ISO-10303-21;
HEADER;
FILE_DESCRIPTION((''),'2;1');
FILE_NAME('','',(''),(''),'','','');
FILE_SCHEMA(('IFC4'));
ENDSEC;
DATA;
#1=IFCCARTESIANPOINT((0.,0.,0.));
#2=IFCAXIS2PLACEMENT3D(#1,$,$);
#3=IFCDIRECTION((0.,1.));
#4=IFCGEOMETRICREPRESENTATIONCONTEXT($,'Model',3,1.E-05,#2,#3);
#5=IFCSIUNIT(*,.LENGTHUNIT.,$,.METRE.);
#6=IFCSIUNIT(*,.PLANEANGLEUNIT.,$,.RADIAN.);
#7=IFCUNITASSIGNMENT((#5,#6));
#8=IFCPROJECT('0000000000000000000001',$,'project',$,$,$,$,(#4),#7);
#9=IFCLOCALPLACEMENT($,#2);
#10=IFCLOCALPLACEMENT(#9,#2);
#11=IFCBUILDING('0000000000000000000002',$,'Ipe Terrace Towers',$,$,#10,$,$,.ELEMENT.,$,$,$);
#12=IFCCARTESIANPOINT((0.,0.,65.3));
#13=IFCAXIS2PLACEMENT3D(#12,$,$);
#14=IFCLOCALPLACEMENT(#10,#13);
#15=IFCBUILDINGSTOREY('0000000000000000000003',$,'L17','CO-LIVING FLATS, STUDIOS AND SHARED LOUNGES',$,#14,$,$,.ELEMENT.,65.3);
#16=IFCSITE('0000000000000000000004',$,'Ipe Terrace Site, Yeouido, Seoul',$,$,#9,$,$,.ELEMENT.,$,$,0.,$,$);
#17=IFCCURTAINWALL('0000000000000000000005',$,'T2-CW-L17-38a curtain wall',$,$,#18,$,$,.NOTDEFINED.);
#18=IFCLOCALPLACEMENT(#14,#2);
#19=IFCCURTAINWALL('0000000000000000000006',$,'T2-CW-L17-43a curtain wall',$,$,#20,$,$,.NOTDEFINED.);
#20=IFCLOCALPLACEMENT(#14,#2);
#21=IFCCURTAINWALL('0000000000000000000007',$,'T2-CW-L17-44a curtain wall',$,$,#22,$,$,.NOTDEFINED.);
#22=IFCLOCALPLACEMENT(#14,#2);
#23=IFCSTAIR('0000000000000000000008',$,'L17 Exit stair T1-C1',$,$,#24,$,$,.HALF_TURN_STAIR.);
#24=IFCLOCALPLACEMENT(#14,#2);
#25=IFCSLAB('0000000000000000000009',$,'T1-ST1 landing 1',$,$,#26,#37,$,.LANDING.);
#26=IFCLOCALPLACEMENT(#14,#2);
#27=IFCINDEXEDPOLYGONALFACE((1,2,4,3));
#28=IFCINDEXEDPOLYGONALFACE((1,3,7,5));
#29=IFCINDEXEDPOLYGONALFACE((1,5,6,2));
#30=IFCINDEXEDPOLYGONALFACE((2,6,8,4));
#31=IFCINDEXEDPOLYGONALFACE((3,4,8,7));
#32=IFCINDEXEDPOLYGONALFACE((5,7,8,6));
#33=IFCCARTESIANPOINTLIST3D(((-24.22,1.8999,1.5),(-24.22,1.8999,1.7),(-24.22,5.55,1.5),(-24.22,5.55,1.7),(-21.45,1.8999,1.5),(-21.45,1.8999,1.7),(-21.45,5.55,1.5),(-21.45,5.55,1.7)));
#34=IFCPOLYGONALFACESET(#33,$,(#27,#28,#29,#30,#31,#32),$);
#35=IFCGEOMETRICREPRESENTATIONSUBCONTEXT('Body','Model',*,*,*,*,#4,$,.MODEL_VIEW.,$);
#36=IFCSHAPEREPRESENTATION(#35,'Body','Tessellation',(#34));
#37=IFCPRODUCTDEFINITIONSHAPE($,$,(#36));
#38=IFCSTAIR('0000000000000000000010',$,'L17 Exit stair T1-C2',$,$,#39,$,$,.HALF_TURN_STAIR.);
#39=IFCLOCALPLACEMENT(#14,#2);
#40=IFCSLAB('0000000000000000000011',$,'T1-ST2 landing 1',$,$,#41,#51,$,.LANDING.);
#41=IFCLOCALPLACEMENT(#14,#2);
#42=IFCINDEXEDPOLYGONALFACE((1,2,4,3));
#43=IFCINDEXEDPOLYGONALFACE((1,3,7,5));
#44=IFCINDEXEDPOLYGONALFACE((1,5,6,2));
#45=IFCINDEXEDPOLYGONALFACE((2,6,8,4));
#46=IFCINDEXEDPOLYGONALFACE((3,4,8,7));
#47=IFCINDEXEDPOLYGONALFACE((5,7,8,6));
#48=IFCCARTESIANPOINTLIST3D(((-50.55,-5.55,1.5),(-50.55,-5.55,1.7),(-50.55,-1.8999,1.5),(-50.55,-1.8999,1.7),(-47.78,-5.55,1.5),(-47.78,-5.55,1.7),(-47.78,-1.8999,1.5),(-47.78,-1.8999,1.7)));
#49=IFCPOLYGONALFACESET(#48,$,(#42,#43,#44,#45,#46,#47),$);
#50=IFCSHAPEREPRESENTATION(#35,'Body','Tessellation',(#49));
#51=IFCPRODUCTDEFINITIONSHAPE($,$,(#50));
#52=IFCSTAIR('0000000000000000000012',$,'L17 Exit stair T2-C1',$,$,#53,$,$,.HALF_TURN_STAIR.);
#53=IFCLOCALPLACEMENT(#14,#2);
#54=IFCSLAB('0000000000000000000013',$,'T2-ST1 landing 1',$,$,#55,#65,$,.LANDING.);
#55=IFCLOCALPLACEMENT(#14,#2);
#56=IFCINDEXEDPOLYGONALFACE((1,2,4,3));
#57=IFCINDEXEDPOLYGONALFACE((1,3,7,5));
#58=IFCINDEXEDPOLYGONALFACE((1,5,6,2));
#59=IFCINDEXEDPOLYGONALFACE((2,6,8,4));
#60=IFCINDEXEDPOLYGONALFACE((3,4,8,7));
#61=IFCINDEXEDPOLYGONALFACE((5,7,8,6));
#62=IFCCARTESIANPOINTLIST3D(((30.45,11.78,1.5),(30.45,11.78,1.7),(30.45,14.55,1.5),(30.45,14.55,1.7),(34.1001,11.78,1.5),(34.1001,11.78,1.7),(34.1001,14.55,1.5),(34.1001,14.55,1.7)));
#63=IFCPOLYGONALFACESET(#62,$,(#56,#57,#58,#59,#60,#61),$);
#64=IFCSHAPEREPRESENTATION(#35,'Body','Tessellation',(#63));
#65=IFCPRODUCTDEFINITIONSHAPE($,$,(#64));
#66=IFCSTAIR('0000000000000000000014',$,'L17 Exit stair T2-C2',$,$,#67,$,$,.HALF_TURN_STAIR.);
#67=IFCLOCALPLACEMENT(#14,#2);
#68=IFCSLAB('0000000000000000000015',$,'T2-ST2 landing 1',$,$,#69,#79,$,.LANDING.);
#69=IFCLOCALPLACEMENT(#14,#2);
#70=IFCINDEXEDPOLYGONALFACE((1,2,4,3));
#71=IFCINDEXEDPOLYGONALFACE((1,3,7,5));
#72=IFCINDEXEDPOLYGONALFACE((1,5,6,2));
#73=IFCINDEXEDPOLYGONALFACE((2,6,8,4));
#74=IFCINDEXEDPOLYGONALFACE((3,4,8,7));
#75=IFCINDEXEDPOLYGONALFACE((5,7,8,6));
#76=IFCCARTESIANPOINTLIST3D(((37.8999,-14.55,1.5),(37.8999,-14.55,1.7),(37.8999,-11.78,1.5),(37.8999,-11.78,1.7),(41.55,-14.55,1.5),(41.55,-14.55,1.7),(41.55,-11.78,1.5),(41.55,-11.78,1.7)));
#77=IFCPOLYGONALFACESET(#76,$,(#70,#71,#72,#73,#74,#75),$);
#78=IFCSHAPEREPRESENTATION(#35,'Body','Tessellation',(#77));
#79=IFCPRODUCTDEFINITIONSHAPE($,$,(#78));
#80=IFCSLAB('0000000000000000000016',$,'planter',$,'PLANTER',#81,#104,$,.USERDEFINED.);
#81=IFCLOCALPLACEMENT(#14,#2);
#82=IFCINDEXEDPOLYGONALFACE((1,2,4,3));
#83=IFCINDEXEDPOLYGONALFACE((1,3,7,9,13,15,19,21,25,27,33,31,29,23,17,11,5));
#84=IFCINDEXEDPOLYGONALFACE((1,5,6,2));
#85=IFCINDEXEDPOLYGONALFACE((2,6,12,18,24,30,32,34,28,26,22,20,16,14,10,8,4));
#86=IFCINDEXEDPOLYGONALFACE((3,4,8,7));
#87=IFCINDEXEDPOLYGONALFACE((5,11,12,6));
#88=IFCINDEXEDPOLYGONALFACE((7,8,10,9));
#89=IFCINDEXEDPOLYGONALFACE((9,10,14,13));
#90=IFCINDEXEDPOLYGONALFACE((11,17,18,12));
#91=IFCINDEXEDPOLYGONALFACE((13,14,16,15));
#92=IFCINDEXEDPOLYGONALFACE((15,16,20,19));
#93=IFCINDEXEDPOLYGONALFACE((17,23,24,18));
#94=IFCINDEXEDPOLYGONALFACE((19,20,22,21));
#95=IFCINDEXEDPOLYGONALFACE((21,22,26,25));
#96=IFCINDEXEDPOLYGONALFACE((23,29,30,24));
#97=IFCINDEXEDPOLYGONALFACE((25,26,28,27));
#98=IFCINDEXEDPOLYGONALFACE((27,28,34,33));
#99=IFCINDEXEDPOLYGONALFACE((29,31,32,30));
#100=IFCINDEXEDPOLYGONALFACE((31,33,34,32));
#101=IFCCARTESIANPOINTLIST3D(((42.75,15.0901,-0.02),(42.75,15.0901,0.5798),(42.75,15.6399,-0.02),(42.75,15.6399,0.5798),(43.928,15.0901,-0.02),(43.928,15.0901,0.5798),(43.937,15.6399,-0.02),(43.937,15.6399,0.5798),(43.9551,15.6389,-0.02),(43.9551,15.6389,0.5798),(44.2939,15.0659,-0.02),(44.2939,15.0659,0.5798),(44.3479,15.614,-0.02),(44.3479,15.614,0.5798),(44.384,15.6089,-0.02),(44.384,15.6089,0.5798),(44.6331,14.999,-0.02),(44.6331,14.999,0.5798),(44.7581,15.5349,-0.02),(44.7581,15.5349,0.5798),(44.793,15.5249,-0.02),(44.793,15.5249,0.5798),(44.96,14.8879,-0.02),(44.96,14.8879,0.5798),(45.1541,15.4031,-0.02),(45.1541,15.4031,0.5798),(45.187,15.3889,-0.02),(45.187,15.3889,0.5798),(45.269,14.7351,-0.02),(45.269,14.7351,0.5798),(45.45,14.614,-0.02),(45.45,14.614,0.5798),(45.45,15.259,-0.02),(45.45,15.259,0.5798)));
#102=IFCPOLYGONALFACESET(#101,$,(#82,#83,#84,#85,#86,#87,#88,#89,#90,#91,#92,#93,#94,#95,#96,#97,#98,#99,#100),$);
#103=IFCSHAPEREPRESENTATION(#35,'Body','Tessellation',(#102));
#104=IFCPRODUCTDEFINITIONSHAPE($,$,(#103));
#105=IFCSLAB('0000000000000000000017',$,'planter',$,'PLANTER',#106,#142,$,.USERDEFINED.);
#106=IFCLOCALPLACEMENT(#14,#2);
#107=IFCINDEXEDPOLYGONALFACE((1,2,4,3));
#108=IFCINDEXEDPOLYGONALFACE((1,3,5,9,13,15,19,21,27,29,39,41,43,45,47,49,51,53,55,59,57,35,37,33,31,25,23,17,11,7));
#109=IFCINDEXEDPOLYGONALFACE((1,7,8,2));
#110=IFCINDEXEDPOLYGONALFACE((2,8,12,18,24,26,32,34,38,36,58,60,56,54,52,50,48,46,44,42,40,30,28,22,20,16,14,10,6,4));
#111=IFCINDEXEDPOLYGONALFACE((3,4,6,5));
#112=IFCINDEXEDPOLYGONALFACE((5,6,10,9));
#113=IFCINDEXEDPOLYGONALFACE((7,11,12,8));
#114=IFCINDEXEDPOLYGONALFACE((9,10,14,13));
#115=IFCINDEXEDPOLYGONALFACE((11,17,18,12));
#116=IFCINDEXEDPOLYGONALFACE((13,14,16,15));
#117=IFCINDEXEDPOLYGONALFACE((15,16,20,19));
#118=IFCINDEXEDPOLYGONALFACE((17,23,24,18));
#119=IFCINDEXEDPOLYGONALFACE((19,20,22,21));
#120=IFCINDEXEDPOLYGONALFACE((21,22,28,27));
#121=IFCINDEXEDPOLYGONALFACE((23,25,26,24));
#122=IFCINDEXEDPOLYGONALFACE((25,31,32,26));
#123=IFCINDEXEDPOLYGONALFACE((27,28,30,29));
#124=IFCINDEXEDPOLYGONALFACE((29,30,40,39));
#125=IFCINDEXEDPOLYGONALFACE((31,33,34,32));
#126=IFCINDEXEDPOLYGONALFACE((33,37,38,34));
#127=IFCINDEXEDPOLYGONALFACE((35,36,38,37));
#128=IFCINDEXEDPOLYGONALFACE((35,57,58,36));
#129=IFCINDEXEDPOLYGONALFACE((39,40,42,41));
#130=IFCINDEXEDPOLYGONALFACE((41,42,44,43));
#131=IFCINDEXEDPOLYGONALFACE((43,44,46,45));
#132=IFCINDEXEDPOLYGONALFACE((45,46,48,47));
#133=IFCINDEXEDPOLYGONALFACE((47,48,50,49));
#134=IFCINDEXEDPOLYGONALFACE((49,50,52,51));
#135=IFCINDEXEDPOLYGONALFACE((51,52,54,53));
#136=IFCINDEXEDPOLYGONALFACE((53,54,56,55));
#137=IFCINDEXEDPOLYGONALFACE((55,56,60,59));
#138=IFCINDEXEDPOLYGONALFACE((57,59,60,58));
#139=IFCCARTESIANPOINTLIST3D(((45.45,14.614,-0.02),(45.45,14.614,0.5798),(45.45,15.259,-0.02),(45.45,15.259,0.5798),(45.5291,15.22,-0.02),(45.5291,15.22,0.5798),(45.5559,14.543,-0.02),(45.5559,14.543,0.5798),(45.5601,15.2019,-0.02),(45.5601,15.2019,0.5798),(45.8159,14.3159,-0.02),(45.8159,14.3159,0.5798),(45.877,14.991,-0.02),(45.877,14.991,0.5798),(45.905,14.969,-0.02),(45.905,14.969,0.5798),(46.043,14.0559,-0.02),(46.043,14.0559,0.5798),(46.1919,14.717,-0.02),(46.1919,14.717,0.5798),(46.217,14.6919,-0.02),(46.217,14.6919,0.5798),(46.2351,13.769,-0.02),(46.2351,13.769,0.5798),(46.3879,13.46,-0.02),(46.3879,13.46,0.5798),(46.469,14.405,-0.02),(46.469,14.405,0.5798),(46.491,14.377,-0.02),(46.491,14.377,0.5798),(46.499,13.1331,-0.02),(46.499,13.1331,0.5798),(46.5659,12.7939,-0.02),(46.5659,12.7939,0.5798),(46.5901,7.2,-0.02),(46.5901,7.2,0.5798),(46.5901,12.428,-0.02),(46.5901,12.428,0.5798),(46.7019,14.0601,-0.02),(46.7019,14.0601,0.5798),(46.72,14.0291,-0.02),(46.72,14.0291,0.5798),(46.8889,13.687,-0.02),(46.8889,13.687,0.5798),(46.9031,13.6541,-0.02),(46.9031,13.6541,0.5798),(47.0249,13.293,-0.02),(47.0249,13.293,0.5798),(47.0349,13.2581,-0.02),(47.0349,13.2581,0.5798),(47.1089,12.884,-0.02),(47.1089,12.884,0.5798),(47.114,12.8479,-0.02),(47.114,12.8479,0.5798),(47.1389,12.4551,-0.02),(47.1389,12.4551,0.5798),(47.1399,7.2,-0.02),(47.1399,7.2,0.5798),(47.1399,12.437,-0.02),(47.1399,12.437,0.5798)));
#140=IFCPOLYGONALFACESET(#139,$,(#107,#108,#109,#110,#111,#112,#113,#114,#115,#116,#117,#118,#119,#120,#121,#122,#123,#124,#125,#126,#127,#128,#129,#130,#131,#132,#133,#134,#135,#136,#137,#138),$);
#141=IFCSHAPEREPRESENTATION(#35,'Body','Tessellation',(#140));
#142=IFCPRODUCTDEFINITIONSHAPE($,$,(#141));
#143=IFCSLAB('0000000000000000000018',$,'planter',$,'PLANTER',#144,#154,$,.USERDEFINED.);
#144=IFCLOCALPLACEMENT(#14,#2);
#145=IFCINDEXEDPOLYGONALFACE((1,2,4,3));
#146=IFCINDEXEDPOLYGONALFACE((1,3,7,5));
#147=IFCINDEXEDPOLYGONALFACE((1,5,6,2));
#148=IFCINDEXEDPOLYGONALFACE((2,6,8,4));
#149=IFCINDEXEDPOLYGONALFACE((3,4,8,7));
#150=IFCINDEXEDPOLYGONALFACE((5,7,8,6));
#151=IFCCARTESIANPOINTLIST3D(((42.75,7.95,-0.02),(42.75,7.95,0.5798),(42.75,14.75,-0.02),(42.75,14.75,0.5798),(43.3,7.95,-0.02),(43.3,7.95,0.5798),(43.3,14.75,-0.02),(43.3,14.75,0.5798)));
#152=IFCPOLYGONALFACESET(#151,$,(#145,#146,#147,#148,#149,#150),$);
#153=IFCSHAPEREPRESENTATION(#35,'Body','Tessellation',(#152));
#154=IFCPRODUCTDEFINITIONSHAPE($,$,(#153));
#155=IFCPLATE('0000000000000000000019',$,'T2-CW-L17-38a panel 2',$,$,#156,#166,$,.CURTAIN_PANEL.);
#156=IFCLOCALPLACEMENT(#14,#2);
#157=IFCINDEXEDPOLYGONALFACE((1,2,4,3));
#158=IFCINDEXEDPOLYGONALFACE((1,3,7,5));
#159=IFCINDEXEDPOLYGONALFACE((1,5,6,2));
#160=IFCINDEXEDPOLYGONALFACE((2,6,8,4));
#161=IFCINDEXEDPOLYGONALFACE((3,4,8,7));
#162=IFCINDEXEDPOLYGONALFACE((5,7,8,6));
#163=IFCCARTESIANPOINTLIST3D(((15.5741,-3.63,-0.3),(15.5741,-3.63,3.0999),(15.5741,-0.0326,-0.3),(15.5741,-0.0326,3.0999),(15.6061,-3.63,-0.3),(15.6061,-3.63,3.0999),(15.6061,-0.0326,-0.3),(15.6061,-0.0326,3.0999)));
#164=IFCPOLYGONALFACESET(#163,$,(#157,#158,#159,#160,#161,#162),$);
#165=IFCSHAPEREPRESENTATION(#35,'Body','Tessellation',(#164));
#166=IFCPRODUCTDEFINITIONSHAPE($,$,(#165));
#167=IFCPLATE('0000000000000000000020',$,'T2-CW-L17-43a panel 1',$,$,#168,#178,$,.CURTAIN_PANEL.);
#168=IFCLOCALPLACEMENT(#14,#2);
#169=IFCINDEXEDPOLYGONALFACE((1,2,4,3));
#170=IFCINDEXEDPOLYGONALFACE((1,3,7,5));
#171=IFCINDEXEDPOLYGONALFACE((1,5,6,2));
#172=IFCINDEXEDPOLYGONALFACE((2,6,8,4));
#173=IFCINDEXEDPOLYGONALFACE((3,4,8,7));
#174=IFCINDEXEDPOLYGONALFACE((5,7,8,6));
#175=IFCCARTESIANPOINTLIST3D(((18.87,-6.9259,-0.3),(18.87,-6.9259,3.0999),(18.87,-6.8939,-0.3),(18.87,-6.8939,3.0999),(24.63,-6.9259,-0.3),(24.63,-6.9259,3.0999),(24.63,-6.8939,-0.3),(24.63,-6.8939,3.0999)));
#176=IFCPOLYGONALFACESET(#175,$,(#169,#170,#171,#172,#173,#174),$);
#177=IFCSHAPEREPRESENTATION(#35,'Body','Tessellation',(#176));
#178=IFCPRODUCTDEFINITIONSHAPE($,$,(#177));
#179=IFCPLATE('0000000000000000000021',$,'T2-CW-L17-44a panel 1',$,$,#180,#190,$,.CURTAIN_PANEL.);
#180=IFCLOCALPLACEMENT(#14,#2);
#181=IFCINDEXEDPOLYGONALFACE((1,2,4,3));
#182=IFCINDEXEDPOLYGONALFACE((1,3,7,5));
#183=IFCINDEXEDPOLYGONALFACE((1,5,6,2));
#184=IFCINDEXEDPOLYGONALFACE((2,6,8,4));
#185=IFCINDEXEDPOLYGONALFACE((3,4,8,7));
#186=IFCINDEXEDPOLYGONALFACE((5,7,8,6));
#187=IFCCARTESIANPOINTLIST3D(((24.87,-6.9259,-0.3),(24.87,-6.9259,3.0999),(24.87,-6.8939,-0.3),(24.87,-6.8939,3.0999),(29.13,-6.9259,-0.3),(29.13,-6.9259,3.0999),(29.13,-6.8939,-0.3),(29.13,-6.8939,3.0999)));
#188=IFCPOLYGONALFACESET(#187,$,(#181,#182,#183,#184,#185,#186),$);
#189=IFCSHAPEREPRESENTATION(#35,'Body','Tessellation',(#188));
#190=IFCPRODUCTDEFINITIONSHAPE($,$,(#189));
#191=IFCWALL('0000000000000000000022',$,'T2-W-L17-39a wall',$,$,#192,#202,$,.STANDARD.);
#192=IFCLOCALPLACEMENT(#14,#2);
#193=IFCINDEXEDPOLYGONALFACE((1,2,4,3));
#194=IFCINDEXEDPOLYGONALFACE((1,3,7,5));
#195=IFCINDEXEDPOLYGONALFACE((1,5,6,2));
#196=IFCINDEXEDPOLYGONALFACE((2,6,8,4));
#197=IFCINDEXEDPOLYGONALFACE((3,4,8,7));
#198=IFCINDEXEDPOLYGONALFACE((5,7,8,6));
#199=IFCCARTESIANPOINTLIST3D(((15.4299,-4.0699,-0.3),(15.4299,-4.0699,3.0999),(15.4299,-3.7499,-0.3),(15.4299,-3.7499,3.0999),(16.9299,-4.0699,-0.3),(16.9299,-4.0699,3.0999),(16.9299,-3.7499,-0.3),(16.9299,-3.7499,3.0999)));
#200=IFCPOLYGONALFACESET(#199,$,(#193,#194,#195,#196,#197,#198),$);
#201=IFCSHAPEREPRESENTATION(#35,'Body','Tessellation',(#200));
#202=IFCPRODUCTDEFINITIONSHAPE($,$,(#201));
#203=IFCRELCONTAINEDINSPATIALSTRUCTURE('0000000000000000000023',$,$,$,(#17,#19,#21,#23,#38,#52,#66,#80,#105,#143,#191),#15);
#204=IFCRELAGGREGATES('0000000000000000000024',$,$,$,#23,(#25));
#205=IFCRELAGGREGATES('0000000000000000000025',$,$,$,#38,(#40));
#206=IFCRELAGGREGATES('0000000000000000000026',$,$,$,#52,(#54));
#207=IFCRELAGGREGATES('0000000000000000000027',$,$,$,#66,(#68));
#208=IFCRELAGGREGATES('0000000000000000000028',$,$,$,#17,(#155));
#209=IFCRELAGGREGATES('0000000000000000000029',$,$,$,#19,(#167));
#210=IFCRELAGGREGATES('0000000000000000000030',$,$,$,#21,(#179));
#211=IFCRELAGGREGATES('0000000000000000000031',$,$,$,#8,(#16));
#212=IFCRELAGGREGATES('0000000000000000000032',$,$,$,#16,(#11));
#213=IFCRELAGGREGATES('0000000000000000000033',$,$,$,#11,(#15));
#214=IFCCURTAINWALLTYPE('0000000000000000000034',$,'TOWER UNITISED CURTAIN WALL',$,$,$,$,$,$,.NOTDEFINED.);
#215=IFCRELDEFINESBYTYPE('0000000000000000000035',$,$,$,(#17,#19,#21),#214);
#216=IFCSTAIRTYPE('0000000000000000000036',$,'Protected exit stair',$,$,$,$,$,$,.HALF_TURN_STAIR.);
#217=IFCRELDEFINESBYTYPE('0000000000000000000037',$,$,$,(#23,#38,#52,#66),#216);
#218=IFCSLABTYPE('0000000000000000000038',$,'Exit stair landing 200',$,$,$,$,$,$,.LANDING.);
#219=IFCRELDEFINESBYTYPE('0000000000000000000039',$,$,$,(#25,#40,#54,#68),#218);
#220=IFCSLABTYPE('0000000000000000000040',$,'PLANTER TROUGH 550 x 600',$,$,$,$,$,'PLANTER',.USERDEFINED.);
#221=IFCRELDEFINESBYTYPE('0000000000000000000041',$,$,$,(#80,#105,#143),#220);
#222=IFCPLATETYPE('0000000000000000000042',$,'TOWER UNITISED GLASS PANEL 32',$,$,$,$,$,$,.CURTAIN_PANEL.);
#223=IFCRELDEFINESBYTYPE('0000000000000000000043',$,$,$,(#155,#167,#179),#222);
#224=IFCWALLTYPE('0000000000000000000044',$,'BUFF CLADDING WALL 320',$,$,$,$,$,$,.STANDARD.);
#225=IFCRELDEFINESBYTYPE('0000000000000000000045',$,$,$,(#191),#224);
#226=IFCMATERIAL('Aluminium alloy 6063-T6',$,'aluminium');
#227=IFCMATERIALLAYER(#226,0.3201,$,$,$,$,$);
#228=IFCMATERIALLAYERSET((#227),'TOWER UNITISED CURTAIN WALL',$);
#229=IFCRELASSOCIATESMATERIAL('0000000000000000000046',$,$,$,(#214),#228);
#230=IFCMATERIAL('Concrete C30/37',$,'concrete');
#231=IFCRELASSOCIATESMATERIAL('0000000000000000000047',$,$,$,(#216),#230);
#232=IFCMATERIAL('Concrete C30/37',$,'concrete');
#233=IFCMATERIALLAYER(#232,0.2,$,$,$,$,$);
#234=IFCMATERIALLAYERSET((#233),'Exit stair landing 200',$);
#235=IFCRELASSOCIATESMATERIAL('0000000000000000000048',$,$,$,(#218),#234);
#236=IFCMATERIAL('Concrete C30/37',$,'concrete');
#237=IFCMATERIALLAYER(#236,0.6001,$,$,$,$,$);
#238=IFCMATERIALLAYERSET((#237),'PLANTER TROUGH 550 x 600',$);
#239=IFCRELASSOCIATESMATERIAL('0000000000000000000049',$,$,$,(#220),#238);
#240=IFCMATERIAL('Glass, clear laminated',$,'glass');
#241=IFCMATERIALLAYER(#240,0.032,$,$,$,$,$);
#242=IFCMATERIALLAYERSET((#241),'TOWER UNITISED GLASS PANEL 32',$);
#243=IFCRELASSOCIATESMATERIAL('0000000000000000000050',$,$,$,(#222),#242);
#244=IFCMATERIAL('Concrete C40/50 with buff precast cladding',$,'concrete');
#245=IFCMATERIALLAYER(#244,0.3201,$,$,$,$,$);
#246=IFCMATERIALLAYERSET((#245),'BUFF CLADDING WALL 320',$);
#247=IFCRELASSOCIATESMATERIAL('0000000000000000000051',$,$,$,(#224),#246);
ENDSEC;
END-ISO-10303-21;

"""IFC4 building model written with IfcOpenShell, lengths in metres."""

from ifc_helpers import new_model, si_unit, direction, frame, frame_2d, origin, origin_2d, place, context, subcontext, project, spatial, polyline, rectangle, outline, extrude, material, layer, layer_set, type_object, element, aggregate, save


model = new_model("IFC4")

# Units and contexts
model_context = context("Model", 3, precision=1e-05, world=origin(), true_north=direction((0.0, 1.0)))
body_context = subcontext(model_context, "Body", "Model", "MODEL_VIEW")
ifc_project = project(units=[si_unit("LENGTHUNIT", "METRE"), si_unit("PLANEANGLEUNIT", "RADIAN")], contexts=[model_context])

# Site, building, storey
site_placement = place(None, origin())
site = spatial("IfcSite", under=ifc_project, at=site_placement, Name="Ipe Terrace Site, Yeouido, Seoul", CompositionType="ELEMENT", RefElevation=0.0)
building_placement = place(site_placement, origin())
building = spatial("IfcBuilding", under=site, at=building_placement, Name="Ipe Terrace Towers", CompositionType="ELEMENT")
storey_placement = place(building_placement, frame((0.0, 0.0, 65.3)))
storey = spatial("IfcBuildingStorey", under=building, at=storey_placement, Name="L17", Description="CO-LIVING FLATS, STUDIOS AND SHARED LOUNGES", CompositionType="ELEMENT", Elevation=65.3)

# Curtain wall
ifc_material_1 = material(Name="Aluminium alloy 6063-T6", Category="aluminium")
ifc_layer_1 = layer(ifc_material_1, 0.3201)
ifc_layer_set_1 = layer_set([ifc_layer_1], Name="TOWER UNITISED CURTAIN WALL")
curtain_wall_type = type_object("IfcCurtainWallType", Name="TOWER UNITISED CURTAIN WALL", PredefinedType="NOTDEFINED", material=ifc_layer_set_1)
curtain_wall_1_placement = place(storey_placement, origin())
curtain_wall_1 = element("IfcCurtainWall", 1, at=curtain_wall_1_placement, inside=storey, type_object=curtain_wall_type, Name="T2-CW-L17-38a curtain wall", PredefinedType="NOTDEFINED")

# Curtain wall
curtain_wall_2_placement = place(storey_placement, origin())
curtain_wall_2 = element("IfcCurtainWall", 2, at=curtain_wall_2_placement, inside=storey, type_object=curtain_wall_type, Name="T2-CW-L17-43a curtain wall", PredefinedType="NOTDEFINED")

# Curtain wall
curtain_wall_3_placement = place(storey_placement, origin())
curtain_wall_3 = element("IfcCurtainWall", 3, at=curtain_wall_3_placement, inside=storey, type_object=curtain_wall_type, Name="T2-CW-L17-44a curtain wall", PredefinedType="NOTDEFINED")

# Stairs, slabs
ifc_material_2 = material(Name="Concrete C30/37", Category="concrete")
stair_type = type_object("IfcStairType", Name="Protected exit stair", PredefinedType="HALF_TURN_STAIR", material=ifc_material_2)
stair_1_placement = place(storey_placement, origin())
stair_1 = element("IfcStair", 4, at=stair_1_placement, inside=storey, type_object=stair_type, Name="L17 Exit stair T1-C1", PredefinedType="HALF_TURN_STAIR")
ifc_material_3 = material(Name="Concrete C30/37", Category="concrete")
ifc_layer_2 = layer(ifc_material_3, 0.2)
ifc_layer_set_2 = layer_set([ifc_layer_2], Name="Exit stair landing 200")
slab_type_1 = type_object("IfcSlabType", Name="Exit stair landing 200", PredefinedType="LANDING", material=ifc_layer_set_2)
slab_1_placement = place(storey_placement, frame((0.0, 0.0, 1.5)))
slab_1 = element("IfcSlab", 5, at=slab_1_placement, type_object=slab_type_1, Name="T1-ST1 landing 1", PredefinedType="LANDING", context=body_context, shape_type="SweptSolid", body=[
    extrude(outline(polyline([(-24.22, 1.8999), (-21.45, 1.8999), (-21.45, 5.55), (-24.22, 5.55), (-24.22, 1.8999)])), origin(), (0.0, 0.0, 1.0), 0.2),
])
aggregate(stair_1, [slab_1])
stair_2_placement = place(storey_placement, origin())
stair_2 = element("IfcStair", 6, at=stair_2_placement, inside=storey, type_object=stair_type, Name="L17 Exit stair T1-C2", PredefinedType="HALF_TURN_STAIR")
slab_2_placement = place(storey_placement, frame((0.0, 0.0, 1.5)))
slab_2 = element("IfcSlab", 7, at=slab_2_placement, type_object=slab_type_1, Name="T1-ST2 landing 1", PredefinedType="LANDING", context=body_context, shape_type="SweptSolid", body=[
    extrude(outline(polyline([(-47.78, -1.8999), (-50.55, -1.8999), (-50.55, -5.55), (-47.78, -5.55), (-47.78, -1.8999)])), origin(), (0.0, 0.0, 1.0), 0.2),
])
aggregate(stair_2, [slab_2])
stair_3_placement = place(storey_placement, origin())
stair_3 = element("IfcStair", 8, at=stair_3_placement, inside=storey, type_object=stair_type, Name="L17 Exit stair T2-C1", PredefinedType="HALF_TURN_STAIR")
slab_3_placement = place(storey_placement, frame((0.0, 0.0, 1.5)))
slab_3 = element("IfcSlab", 9, at=slab_3_placement, type_object=slab_type_1, Name="T2-ST1 landing 1", PredefinedType="LANDING", context=body_context, shape_type="SweptSolid", body=[
    extrude(outline(polyline([(34.1001, 11.78), (34.1001, 14.55), (30.45, 14.55), (30.45, 11.78), (34.1001, 11.78)])), origin(), (0.0, 0.0, 1.0), 0.2),
])
aggregate(stair_3, [slab_3])
stair_4_placement = place(storey_placement, origin())
stair_4 = element("IfcStair", 10, at=stair_4_placement, inside=storey, type_object=stair_type, Name="L17 Exit stair T2-C2", PredefinedType="HALF_TURN_STAIR")
slab_4_placement = place(storey_placement, frame((0.0, 0.0, 1.5)))
slab_4 = element("IfcSlab", 11, at=slab_4_placement, type_object=slab_type_1, Name="T2-ST2 landing 1", PredefinedType="LANDING", context=body_context, shape_type="SweptSolid", body=[
    extrude(outline(polyline([(37.8999, -11.78), (37.8999, -14.55), (41.55, -14.55), (41.55, -11.78), (37.8999, -11.78)])), origin(), (0.0, 0.0, 1.0), 0.2),
])
aggregate(stair_4, [slab_4])

# Slabs
ifc_material_4 = material(Name="Concrete C30/37", Category="concrete")
ifc_layer_3 = layer(ifc_material_4, 0.6001)
ifc_layer_set_3 = layer_set([ifc_layer_3], Name="PLANTER TROUGH 550 x 600")
slab_type_2 = type_object("IfcSlabType", Name="PLANTER TROUGH 550 x 600", ElementType="PLANTER", PredefinedType="USERDEFINED", material=ifc_layer_set_3)
slab_5_placement = place(storey_placement, frame((0.0, 0.0, -0.02)))
element("IfcSlab", 12, at=slab_5_placement, inside=storey, type_object=slab_type_2, Name="planter", ObjectType="PLANTER", PredefinedType="USERDEFINED", context=body_context, shape_type="SweptSolid", body=[
    extrude(outline(polyline([(44.6331, 14.999), (44.96, 14.8879), (45.269, 14.7351), (45.45, 14.614), (45.45, 15.259), (45.187, 15.3889), (45.1541, 15.4031), (44.793, 15.5249), (44.7581, 15.5349), (44.384, 15.6089), (44.3479, 15.614), (43.9551, 15.6389), (43.937, 15.6399), (42.75, 15.6399), (42.75, 15.0901), (43.928, 15.0901), (44.2939, 15.0659), (44.6331, 14.999)])), origin(), (0.0, 0.0, 1.0), 0.5999),
])
slab_6_placement = place(storey_placement, frame((0.0, 0.0, -0.02)))
element("IfcSlab", 13, at=slab_6_placement, inside=storey, type_object=slab_type_2, Name="planter", ObjectType="PLANTER", PredefinedType="USERDEFINED", context=body_context, shape_type="SweptSolid", body=[
    extrude(outline(polyline([(45.5559, 14.543), (45.8159, 14.3159), (46.043, 14.0559), (46.2351, 13.769), (46.3879, 13.46), (46.499, 13.1331), (46.5659, 12.7939), (46.5901, 12.428), (46.5901, 7.2), (47.1399, 7.2), (47.1399, 12.437), (47.1389, 12.4551), (47.114, 12.8479), (47.1089, 12.884), (47.0349, 13.2581), (47.0249, 13.293), (46.9031, 13.6541), (46.8889, 13.687), (46.72, 14.0291), (46.7019, 14.0601), (46.491, 14.377), (46.469, 14.405), (46.217, 14.6919), (46.1919, 14.717), (45.905, 14.969), (45.877, 14.991), (45.5601, 15.2019), (45.5291, 15.22), (45.45, 15.259), (45.45, 14.614), (45.5559, 14.543)])), origin(), (0.0, 0.0, 1.0), 0.5999),
])
slab_7_placement = place(storey_placement, frame((0.0, 0.0, -0.02)))
element("IfcSlab", 14, at=slab_7_placement, inside=storey, type_object=slab_type_2, Name="planter", ObjectType="PLANTER", PredefinedType="USERDEFINED", context=body_context, shape_type="SweptSolid", body=[
    extrude(outline(polyline([(42.75, 7.95), (43.3, 7.95), (43.3, 14.75), (42.75, 14.75), (42.75, 7.95)])), origin(), (0.0, 0.0, 1.0), 0.5999),
])

# Plates
ifc_material_5 = material(Name="Glass, clear laminated", Category="glass")
ifc_layer_4 = layer(ifc_material_5, 0.032)
ifc_layer_set_4 = layer_set([ifc_layer_4], Name="TOWER UNITISED GLASS PANEL 32")
plate_type = type_object("IfcPlateType", Name="TOWER UNITISED GLASS PANEL 32", PredefinedType="CURTAIN_PANEL", material=ifc_layer_set_4)
plate_1_placement = place(storey_placement, frame((15.5901, -1.8313, -0.3), z_axis=(0.0, 0.0, 1.0), x_axis=(0.0, -1.0, 0.0)))
plate_1 = element("IfcPlate", 15, at=plate_1_placement, type_object=plate_type, Name="T2-CW-L17-38a panel 2", PredefinedType="CURTAIN_PANEL", context=body_context, shape_type="SweptSolid", body=[
    extrude(rectangle(XDim=3.5974, YDim=0.032, at=origin_2d()), origin(), (0.0, 0.0, 1.0), 3.3999),
])
aggregate(curtain_wall_1, [plate_1])
plate_2_placement = place(storey_placement, frame((21.75, -6.9099, -0.3), z_axis=(0.0, 0.0, 1.0), x_axis=(1.0, 0.0, 0.0)))
plate_2 = element("IfcPlate", 16, at=plate_2_placement, type_object=plate_type, Name="T2-CW-L17-43a panel 1", PredefinedType="CURTAIN_PANEL", context=body_context, shape_type="SweptSolid", body=[
    extrude(rectangle(XDim=5.76, YDim=0.032, at=origin_2d()), origin(), (0.0, 0.0, 1.0), 3.3999),
])
aggregate(curtain_wall_2, [plate_2])
plate_3_placement = place(storey_placement, frame((27.0, -6.9099, -0.3), z_axis=(0.0, 0.0, 1.0), x_axis=(1.0, 0.0, 0.0)))
plate_3 = element("IfcPlate", 17, at=plate_3_placement, type_object=plate_type, Name="T2-CW-L17-44a panel 1", PredefinedType="CURTAIN_PANEL", context=body_context, shape_type="SweptSolid", body=[
    extrude(rectangle(XDim=4.26, YDim=0.032, at=origin_2d()), origin(), (0.0, 0.0, 1.0), 3.3999),
])
aggregate(curtain_wall_3, [plate_3])

# Wall
ifc_material_6 = material(Name="Concrete C40/50 with buff precast cladding", Category="concrete")
ifc_layer_5 = layer(ifc_material_6, 0.3201)
ifc_layer_set_5 = layer_set([ifc_layer_5], Name="BUFF CLADDING WALL 320")
wall_type_1 = type_object("IfcWallType", Name="BUFF CLADDING WALL 320", PredefinedType="STANDARD", material=ifc_layer_set_5)
wall_1_placement = place(storey_placement, frame((15.4299, -3.9099, -0.3), z_axis=(0.0, 0.0, 1.0), x_axis=(1.0, 0.0, 0.0)))
element("IfcWall", 18, at=wall_1_placement, inside=storey, type_object=wall_type_1, Name="T2-W-L17-39a wall", PredefinedType="STANDARD", context=body_context, shape_type="SweptSolid", body=[
    extrude(rectangle(XDim=1.5, YDim=0.3201, at=frame_2d((0.75, 0.0))), origin(), (0.0, 0.0, 1.0), 3.3999),
])

save(model, "model.ifc")
